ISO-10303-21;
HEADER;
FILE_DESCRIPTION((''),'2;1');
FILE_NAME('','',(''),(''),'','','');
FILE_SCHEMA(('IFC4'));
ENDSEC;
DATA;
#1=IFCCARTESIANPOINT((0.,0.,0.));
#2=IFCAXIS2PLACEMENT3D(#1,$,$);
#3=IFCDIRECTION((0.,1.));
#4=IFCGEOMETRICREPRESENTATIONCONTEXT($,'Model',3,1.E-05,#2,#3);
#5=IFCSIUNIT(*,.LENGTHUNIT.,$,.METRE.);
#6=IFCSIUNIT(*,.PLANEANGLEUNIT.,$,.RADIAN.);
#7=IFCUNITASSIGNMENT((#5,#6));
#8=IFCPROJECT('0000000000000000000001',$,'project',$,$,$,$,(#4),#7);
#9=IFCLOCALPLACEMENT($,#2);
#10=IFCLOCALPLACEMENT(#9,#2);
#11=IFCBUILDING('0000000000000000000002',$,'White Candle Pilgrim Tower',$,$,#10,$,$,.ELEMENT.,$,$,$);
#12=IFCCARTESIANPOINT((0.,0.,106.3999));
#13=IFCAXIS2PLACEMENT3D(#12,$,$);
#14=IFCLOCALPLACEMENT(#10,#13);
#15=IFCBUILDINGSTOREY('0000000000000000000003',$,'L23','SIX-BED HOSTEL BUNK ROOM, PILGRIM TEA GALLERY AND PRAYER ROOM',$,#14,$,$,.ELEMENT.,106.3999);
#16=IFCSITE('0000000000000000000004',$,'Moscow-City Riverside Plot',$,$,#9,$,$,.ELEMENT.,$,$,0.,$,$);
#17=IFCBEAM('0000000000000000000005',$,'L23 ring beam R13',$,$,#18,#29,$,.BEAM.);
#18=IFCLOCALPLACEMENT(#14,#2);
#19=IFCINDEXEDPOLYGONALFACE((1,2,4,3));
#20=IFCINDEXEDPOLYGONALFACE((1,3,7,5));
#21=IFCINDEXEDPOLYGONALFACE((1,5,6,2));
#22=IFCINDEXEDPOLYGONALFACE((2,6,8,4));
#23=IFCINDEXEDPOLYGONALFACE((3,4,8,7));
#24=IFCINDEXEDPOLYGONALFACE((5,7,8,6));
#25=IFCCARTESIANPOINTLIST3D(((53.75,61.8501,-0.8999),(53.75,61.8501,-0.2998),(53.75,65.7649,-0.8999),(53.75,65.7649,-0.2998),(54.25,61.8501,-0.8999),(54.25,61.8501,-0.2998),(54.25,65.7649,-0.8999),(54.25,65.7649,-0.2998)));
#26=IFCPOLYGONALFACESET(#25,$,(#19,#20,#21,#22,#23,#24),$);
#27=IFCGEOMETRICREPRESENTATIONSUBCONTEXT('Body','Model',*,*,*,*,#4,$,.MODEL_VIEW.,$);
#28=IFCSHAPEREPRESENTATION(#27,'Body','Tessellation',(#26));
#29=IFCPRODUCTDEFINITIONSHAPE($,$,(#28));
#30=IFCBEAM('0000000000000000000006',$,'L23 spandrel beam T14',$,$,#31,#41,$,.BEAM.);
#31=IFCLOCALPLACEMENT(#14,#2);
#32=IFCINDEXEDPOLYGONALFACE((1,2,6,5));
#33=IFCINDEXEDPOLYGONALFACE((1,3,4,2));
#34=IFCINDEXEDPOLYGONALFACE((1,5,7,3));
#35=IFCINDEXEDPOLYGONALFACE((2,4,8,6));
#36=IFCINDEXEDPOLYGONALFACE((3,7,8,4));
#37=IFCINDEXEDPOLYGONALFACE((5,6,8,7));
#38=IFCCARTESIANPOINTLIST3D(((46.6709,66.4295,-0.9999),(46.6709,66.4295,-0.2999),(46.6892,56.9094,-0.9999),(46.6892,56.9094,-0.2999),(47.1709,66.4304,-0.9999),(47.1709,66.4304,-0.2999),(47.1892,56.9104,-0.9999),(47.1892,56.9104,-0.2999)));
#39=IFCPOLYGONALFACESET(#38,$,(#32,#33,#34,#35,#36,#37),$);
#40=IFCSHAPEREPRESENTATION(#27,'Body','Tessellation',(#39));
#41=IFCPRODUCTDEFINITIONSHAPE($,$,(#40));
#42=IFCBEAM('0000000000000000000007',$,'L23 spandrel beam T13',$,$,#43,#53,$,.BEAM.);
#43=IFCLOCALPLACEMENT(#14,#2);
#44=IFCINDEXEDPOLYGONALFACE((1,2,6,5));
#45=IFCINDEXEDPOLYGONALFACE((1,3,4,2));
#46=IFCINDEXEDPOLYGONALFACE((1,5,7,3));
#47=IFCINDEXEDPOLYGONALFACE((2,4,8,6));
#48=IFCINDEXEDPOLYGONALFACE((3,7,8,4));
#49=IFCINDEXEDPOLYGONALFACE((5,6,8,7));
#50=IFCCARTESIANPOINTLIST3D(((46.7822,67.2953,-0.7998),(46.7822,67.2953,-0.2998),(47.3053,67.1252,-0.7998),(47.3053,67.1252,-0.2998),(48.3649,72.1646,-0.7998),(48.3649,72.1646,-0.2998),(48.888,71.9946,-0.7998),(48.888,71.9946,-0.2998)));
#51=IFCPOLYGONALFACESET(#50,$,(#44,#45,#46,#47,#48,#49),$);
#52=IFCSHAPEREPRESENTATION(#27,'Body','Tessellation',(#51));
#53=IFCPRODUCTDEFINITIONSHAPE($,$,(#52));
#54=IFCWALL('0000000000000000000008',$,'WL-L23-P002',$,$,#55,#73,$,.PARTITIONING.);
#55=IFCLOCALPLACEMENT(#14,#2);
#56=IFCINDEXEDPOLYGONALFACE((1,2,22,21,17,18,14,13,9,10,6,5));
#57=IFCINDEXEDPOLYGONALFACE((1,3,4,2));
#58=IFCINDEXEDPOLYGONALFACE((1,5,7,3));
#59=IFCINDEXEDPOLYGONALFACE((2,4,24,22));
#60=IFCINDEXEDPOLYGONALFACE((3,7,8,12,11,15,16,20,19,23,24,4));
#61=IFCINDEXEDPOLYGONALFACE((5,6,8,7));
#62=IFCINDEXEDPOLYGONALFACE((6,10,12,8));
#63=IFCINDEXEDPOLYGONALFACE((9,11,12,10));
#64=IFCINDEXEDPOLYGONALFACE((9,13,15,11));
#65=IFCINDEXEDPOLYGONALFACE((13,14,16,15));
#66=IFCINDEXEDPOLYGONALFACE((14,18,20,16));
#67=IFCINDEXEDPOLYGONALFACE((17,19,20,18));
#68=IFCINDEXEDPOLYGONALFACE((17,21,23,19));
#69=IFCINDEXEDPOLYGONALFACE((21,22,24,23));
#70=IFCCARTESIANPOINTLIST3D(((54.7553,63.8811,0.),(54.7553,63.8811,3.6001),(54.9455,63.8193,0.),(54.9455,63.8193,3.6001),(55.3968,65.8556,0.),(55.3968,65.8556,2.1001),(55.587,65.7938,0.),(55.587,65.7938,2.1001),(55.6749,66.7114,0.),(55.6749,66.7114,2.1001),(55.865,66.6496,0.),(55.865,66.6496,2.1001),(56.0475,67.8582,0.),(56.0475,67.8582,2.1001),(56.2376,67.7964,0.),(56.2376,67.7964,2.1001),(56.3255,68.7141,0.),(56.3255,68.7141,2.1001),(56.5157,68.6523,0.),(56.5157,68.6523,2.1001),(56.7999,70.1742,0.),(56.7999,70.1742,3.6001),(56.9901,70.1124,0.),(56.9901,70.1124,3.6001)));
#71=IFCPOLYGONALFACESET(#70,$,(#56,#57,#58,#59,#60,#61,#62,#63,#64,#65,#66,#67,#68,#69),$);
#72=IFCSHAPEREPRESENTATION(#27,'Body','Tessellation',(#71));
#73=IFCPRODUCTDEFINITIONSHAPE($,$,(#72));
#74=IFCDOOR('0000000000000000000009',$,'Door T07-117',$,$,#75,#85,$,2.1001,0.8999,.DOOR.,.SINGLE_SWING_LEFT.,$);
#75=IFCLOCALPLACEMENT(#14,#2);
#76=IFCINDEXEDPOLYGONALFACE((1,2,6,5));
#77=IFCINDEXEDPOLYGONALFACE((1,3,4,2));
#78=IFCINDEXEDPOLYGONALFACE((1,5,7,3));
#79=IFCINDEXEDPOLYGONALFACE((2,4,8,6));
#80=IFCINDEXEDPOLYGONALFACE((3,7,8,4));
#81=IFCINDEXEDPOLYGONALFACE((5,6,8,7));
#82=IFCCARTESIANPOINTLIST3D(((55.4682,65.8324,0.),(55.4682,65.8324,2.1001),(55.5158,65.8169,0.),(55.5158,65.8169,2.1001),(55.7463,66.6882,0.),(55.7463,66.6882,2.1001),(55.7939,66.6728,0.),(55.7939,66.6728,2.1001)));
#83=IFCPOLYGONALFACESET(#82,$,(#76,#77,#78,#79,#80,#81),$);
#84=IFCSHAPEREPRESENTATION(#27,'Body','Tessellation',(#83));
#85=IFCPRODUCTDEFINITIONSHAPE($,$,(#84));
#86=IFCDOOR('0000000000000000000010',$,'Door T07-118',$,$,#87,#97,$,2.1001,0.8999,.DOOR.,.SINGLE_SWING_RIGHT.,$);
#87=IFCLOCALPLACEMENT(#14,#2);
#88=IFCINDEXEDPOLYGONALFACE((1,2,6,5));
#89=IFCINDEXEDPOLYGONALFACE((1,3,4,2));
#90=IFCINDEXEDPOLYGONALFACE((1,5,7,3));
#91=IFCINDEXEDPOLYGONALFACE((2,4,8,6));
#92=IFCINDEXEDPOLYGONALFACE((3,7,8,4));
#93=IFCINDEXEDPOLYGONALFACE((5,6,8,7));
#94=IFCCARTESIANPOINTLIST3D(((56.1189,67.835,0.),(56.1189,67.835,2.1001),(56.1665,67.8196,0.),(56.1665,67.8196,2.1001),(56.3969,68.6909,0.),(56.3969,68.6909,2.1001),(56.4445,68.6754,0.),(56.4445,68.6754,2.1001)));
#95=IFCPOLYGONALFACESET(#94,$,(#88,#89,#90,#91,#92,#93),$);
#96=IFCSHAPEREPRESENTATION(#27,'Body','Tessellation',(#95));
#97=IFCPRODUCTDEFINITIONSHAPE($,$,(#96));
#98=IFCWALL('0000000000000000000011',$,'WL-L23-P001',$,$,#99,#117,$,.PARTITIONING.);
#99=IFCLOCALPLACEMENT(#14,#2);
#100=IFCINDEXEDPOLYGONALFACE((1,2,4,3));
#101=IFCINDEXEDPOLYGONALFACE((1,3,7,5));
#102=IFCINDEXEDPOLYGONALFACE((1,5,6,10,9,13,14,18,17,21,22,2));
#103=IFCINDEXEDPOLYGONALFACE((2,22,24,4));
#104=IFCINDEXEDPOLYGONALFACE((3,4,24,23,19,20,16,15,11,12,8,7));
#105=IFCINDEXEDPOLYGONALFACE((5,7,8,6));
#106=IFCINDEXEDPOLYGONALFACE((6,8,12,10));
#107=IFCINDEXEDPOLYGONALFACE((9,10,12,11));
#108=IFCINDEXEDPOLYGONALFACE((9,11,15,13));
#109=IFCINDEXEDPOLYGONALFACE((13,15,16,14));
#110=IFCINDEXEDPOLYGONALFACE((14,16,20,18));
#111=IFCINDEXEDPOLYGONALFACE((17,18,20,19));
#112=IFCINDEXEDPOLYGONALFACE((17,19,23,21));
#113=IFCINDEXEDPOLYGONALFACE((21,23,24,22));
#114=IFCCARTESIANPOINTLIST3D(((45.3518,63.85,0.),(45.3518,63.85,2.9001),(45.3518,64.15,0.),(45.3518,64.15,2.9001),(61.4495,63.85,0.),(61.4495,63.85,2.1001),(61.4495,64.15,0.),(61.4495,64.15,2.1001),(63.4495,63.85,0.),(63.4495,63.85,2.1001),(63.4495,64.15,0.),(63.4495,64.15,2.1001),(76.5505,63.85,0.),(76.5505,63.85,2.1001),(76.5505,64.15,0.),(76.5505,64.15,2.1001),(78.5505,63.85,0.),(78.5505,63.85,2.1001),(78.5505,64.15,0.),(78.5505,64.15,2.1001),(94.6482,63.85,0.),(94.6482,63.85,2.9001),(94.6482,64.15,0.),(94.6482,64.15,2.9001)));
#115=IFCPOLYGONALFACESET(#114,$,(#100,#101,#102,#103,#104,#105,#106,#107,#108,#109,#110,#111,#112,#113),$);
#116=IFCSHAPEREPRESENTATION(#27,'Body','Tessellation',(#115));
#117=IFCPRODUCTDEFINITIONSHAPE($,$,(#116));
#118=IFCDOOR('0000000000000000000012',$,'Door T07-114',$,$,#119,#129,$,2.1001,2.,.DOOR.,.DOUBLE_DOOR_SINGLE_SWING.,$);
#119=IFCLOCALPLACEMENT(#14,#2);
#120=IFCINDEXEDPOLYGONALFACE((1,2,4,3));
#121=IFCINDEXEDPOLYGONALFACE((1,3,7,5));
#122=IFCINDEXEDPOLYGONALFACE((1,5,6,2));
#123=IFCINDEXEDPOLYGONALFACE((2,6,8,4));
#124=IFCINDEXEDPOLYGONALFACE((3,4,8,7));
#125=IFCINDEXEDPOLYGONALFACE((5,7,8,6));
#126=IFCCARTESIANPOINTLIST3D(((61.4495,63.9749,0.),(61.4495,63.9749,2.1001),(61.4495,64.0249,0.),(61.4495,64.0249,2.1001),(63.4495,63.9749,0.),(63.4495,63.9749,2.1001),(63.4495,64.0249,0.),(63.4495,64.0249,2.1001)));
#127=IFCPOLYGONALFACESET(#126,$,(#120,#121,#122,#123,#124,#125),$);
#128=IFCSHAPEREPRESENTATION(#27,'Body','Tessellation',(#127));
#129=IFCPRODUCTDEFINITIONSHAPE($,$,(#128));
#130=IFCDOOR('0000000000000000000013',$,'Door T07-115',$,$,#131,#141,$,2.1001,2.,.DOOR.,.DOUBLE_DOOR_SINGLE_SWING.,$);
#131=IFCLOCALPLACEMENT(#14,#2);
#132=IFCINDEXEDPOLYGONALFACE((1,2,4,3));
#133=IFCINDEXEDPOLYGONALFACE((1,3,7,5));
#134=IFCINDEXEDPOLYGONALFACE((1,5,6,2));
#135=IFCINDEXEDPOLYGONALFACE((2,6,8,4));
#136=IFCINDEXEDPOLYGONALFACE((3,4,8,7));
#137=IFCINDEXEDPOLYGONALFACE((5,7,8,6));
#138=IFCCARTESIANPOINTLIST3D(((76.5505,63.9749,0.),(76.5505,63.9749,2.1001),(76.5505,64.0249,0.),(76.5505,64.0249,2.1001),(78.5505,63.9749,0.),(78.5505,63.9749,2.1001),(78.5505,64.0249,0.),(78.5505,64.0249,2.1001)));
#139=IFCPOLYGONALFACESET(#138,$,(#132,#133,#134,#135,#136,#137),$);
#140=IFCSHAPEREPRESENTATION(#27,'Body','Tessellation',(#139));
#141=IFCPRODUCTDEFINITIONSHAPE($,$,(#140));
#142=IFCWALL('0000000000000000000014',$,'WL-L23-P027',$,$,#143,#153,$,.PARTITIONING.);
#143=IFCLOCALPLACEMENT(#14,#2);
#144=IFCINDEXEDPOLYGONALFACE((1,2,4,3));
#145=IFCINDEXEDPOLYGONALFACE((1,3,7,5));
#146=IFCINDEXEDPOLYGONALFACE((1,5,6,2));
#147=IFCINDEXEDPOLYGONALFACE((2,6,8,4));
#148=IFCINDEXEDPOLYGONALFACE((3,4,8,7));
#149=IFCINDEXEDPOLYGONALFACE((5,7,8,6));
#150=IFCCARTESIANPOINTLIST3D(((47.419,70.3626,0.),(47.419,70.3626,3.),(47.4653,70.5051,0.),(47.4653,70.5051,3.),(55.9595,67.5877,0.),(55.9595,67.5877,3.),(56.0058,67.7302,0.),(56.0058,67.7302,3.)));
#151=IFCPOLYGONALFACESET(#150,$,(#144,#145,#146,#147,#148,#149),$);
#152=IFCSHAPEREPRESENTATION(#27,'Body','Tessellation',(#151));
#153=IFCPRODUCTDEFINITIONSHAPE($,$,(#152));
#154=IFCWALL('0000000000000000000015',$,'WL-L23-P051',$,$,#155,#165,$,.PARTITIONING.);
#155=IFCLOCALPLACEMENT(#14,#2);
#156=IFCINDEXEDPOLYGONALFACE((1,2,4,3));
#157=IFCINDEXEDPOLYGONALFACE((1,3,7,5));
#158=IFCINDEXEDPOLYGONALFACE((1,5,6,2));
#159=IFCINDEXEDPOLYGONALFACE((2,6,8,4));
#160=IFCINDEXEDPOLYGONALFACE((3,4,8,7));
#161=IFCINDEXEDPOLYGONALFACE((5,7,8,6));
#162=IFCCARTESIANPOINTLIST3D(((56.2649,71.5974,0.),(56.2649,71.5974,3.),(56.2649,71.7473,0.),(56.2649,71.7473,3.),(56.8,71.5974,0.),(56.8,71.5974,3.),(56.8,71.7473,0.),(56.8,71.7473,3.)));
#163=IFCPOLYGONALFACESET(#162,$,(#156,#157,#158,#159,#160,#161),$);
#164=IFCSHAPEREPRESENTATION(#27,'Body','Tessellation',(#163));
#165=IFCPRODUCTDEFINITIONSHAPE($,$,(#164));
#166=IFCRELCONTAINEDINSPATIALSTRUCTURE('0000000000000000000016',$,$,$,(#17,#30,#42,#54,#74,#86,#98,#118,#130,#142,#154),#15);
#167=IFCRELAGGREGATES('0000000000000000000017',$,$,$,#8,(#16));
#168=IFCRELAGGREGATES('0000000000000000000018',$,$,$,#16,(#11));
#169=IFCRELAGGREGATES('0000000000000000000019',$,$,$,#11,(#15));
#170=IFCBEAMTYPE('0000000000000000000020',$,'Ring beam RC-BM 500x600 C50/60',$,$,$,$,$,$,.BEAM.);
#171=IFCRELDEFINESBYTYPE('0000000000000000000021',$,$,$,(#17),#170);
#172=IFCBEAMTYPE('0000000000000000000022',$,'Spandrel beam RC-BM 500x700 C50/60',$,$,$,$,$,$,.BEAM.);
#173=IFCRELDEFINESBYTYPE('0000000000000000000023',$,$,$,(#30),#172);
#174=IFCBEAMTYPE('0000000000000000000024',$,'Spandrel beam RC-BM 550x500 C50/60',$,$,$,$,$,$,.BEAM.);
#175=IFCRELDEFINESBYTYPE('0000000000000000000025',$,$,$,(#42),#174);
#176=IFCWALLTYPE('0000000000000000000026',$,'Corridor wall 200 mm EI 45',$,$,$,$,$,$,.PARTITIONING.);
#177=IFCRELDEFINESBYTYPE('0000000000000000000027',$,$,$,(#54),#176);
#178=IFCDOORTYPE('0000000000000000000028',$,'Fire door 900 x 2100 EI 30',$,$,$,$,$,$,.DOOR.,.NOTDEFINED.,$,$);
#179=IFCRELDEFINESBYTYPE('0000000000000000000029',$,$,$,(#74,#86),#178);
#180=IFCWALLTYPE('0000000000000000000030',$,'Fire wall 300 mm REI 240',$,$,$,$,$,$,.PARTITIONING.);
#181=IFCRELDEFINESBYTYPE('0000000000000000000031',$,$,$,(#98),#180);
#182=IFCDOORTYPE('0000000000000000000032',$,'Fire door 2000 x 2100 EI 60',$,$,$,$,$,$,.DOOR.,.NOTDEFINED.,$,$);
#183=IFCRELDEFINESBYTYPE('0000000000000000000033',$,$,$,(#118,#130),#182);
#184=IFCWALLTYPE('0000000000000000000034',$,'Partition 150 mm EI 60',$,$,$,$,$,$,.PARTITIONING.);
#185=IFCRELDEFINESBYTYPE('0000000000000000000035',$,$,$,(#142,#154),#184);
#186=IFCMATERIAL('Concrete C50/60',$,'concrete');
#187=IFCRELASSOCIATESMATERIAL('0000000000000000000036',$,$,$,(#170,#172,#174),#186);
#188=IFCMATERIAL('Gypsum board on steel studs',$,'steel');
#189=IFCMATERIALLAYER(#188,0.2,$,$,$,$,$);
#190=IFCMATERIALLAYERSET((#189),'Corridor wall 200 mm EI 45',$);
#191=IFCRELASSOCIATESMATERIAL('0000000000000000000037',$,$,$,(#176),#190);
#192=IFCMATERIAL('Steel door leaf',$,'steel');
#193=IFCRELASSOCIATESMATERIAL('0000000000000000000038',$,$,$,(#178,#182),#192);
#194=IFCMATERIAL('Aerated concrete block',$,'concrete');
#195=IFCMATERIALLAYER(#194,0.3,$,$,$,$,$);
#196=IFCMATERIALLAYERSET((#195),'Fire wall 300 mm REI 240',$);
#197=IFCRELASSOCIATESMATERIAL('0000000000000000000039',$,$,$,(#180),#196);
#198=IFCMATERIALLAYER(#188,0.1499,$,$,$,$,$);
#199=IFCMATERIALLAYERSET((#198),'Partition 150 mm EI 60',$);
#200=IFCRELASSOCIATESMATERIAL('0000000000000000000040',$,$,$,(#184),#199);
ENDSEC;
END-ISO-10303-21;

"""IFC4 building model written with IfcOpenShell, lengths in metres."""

from ifc_helpers import new_model, si_unit, direction, frame, frame_2d, origin, origin_2d, place, context, subcontext, project, spatial, rectangle, extrude, material, layer, layer_set, material_profile, profile_set, type_object, element, fill, save


model = new_model("IFC4")

# Units and contexts
model_context = context("Model", 3, precision=1e-05, world=origin(), true_north=direction((0.0, 1.0)))
body_context = subcontext(model_context, "Body", "Model", "MODEL_VIEW")
ifc_project = project(units=[si_unit("LENGTHUNIT", "METRE"), si_unit("PLANEANGLEUNIT", "RADIAN")], contexts=[model_context])

# Site, building, storey
site_placement = place(None, origin())
site = spatial("IfcSite", under=ifc_project, at=site_placement, Name="Moscow-City Riverside Plot", CompositionType="ELEMENT", RefElevation=0.0)
building_placement = place(site_placement, origin())
building = spatial("IfcBuilding", under=site, at=building_placement, Name="White Candle Pilgrim Tower", CompositionType="ELEMENT")
storey_placement = place(building_placement, frame((0.0, 0.0, 106.3999)))
storey = spatial("IfcBuildingStorey", under=building, at=storey_placement, Name="L23", Description="SIX-BED HOSTEL BUNK ROOM, PILGRIM TEA GALLERY AND PRAYER ROOM", CompositionType="ELEMENT", Elevation=106.3999)

# Beams
ifc_material_1 = material(Name="Concrete C50/60", Category="concrete")
ifc_material_profile_1 = material_profile(ifc_material_1, rectangle(XDim=0.5, YDim=0.6001, at=origin_2d()), Name="RC-BM 500x600")
ifc_profile_set_1 = profile_set([ifc_material_profile_1], Name="Concrete C50/60")
beam_type_1 = type_object("IfcBeamType", Name="Ring beam RC-BM 500x600 C50/60", PredefinedType="BEAM", material=ifc_profile_set_1)
beam_1_placement = place(storey_placement, frame((54.0, 65.7649, -0.5999), z_axis=(0.0, -1.0, 0.0), x_axis=(1.0, 0.0, 0.0)))
element("IfcBeam", 1, at=beam_1_placement, inside=storey, type_object=beam_type_1, Name="L23 ring beam R13", PredefinedType="BEAM", context=body_context, shape_type="SweptSolid", body=[
    extrude(rectangle(XDim=0.5, YDim=0.6001, at=origin_2d()), origin(), (0.0, 0.0, 1.0), 3.9148),
])
ifc_material_profile_2 = material_profile(ifc_material_1, rectangle(XDim=0.5, YDim=0.7, at=origin_2d()), Name="RC-BM 500x700")
ifc_profile_set_2 = profile_set([ifc_material_profile_2], Name="Concrete C50/60")
beam_type_2 = type_object("IfcBeamType", Name="Spandrel beam RC-BM 500x700 C50/60", PredefinedType="BEAM", material=ifc_profile_set_2)
beam_2_placement = place(storey_placement, frame((46.9209, 66.4299, -0.6499), z_axis=(0.001923, -0.999998, 0.0), x_axis=(0.999998, 0.001923, 0.0)))
element("IfcBeam", 2, at=beam_2_placement, inside=storey, type_object=beam_type_2, Name="L23 spandrel beam T14", PredefinedType="BEAM", context=body_context, shape_type="SweptSolid", body=[
    extrude(rectangle(XDim=0.5, YDim=0.7, at=origin_2d()), origin(), (0.0, 0.0, 1.0), 9.52),
])
ifc_material_profile_3 = material_profile(ifc_material_1, rectangle(XDim=0.55, YDim=0.5, at=origin_2d()), Name="RC-BM 550x500")
ifc_profile_set_3 = profile_set([ifc_material_profile_3], Name="Concrete C50/60")
beam_type_3 = type_object("IfcBeamType", Name="Spandrel beam RC-BM 550x500 C50/60", PredefinedType="BEAM", material=ifc_profile_set_3)
beam_3_placement = place(storey_placement, frame((48.6265, 72.0796, -0.5498), z_axis=(-0.309124, -0.951022, 0.0), x_axis=(0.951022, -0.309124, 0.0)))
element("IfcBeam", 3, at=beam_3_placement, inside=storey, type_object=beam_type_3, Name="L23 spandrel beam T13", PredefinedType="BEAM", context=body_context, shape_type="SweptSolid", body=[
    extrude(rectangle(XDim=0.55, YDim=0.5, at=origin_2d()), origin(), (0.0, 0.0, 1.0), 5.1201),
])

# Walls, openings, doors
ifc_material_2 = material(Name="Gypsum board on steel studs", Category="steel")
ifc_layer_1 = layer(ifc_material_2, 0.2)
ifc_layer_set_1 = layer_set([ifc_layer_1], Name="Corridor wall 200 mm EI 45")
wall_type_1 = type_object("IfcWallType", Name="Corridor wall 200 mm EI 45", PredefinedType="PARTITIONING", material=ifc_layer_set_1)
wall_1_placement = place(storey_placement, frame((54.8503, 63.8501, 0.0), z_axis=(0.0, 0.0, 1.0), x_axis=(0.309002, 0.951061, 0.0)))
wall_1 = element("IfcWall", 4, at=wall_1_placement, inside=storey, type_object=wall_type_1, Name="WL-L23-P002", PredefinedType="PARTITIONING", context=body_context, shape_type="SweptSolid", body=[
    extrude(rectangle(XDim=6.6169, YDim=0.2, at=frame_2d((3.3086, 0.0))), origin(), (0.0, 0.0, 1.0), 3.6001),
])
opening_1_placement = place(wall_1_placement, frame((2.0762, 0.0, 0.0)))
opening_1 = element("IfcOpeningElement", 5, at=opening_1_placement, cuts=wall_1, PredefinedType="OPENING", context=body_context, shape_type="SweptSolid", body=[
    extrude(rectangle(XDim=0.8999, YDim=2.1001, at=frame_2d((0.45, 1.05))), frame((0.0, 0.1099, 0.0), z_axis=(0.0, -1.0, 0.0), x_axis=(1.0, 0.0, 0.0)), (0.0, 0.0, 1.0), 0.22),
])
opening_2_placement = place(wall_1_placement, frame((4.1819, 0.0, 0.0)))
opening_2 = element("IfcOpeningElement", 6, at=opening_2_placement, cuts=wall_1, PredefinedType="OPENING", context=body_context, shape_type="SweptSolid", body=[
    extrude(rectangle(XDim=0.8999, YDim=2.1001, at=frame_2d((0.45, 1.05))), frame((0.0, 0.1099, 0.0), z_axis=(0.0, -1.0, 0.0), x_axis=(1.0, 0.0, 0.0)), (0.0, 0.0, 1.0), 0.22),
])
ifc_material_3 = material(Name="Steel door leaf", Category="steel")
door_type_1 = type_object("IfcDoorType", Name="Fire door 900 x 2100 EI 30", OperationType="NOTDEFINED", PredefinedType="DOOR", material=ifc_material_3)
door_1_placement = place(opening_1_placement, origin())
door_1 = element("IfcDoor", 7, at=door_1_placement, inside=storey, type_object=door_type_1, Name="Door T07-117", OperationType="SINGLE_SWING_LEFT", OverallHeight=2.1001, OverallWidth=0.8999, PredefinedType="DOOR", context=body_context, shape_type="SweptSolid", body=[
    extrude(rectangle(XDim=0.8999, YDim=2.1001, at=frame_2d((0.45, 1.05))), frame((0.0, 0.0249, 0.0), z_axis=(0.0, -1.0, 0.0), x_axis=(1.0, 0.0, 0.0)), (0.0, 0.0, 1.0), 0.05),
])
fill(opening_1, door_1)
door_2_placement = place(opening_2_placement, origin())
door_2 = element("IfcDoor", 8, at=door_2_placement, inside=storey, type_object=door_type_1, Name="Door T07-118", OperationType="SINGLE_SWING_RIGHT", OverallHeight=2.1001, OverallWidth=0.8999, PredefinedType="DOOR", context=body_context, shape_type="SweptSolid", body=[
    extrude(rectangle(XDim=0.8999, YDim=2.1001, at=frame_2d((0.45, 1.05))), frame((0.0, 0.0249, 0.0), z_axis=(0.0, -1.0, 0.0), x_axis=(1.0, 0.0, 0.0)), (0.0, 0.0, 1.0), 0.05),
])
fill(opening_2, door_2)
ifc_material_4 = material(Name="Aerated concrete block", Category="concrete")
ifc_layer_2 = layer(ifc_material_4, 0.3)
ifc_layer_set_2 = layer_set([ifc_layer_2], Name="Fire wall 300 mm REI 240")
wall_type_2 = type_object("IfcWallType", Name="Fire wall 300 mm REI 240", PredefinedType="PARTITIONING", material=ifc_layer_set_2)
wall_2_placement = place(storey_placement, frame((45.3518, 64.0, 0.0), z_axis=(0.0, 0.0, 1.0), x_axis=(1.0, 0.0, 0.0)))
wall_2 = element("IfcWall", 9, at=wall_2_placement, inside=storey, type_object=wall_type_2, Name="WL-L23-P001", PredefinedType="PARTITIONING", context=body_context, shape_type="SweptSolid", body=[
    extrude(rectangle(XDim=49.2964, YDim=0.3, at=frame_2d((24.6482, 0.0))), origin(), (0.0, 0.0, 1.0), 2.9001),
])
opening_3_placement = place(wall_2_placement, frame((16.0977, 0.0, 0.0)))
opening_3 = element("IfcOpeningElement", 10, at=opening_3_placement, cuts=wall_2, PredefinedType="OPENING", context=body_context, shape_type="SweptSolid", body=[
    extrude(rectangle(XDim=2.0, YDim=2.1001, at=frame_2d((1.0, 1.05))), frame((0.0, 0.1599, 0.0), z_axis=(0.0, -1.0, 0.0), x_axis=(1.0, 0.0, 0.0)), (0.0, 0.0, 1.0), 0.3201),
])
opening_4_placement = place(wall_2_placement, frame((31.1987, 0.0, 0.0)))
opening_4 = element("IfcOpeningElement", 11, at=opening_4_placement, cuts=wall_2, PredefinedType="OPENING", context=body_context, shape_type="SweptSolid", body=[
    extrude(rectangle(XDim=2.0, YDim=2.1001, at=frame_2d((1.0, 1.05))), frame((0.0, 0.1599, 0.0), z_axis=(0.0, -1.0, 0.0), x_axis=(1.0, 0.0, 0.0)), (0.0, 0.0, 1.0), 0.3201),
])
door_type_2 = type_object("IfcDoorType", Name="Fire door 2000 x 2100 EI 60", OperationType="NOTDEFINED", PredefinedType="DOOR", material=ifc_material_3)
door_3_placement = place(opening_3_placement, origin())
door_3 = element("IfcDoor", 12, at=door_3_placement, inside=storey, type_object=door_type_2, Name="Door T07-114", OperationType="DOUBLE_DOOR_SINGLE_SWING", OverallHeight=2.1001, OverallWidth=2.0, PredefinedType="DOOR", context=body_context, shape_type="SweptSolid", body=[
    extrude(rectangle(XDim=2.0, YDim=2.1001, at=frame_2d((1.0, 1.05))), frame((0.0, 0.0249, 0.0), z_axis=(0.0, -1.0, 0.0), x_axis=(1.0, 0.0, 0.0)), (0.0, 0.0, 1.0), 0.05),
])
fill(opening_3, door_3)
door_4_placement = place(opening_4_placement, origin())
door_4 = element("IfcDoor", 13, at=door_4_placement, inside=storey, type_object=door_type_2, Name="Door T07-115", OperationType="DOUBLE_DOOR_SINGLE_SWING", OverallHeight=2.1001, OverallWidth=2.0, PredefinedType="DOOR", context=body_context, shape_type="SweptSolid", body=[
    extrude(rectangle(XDim=2.0, YDim=2.1001, at=frame_2d((1.0, 1.05))), frame((0.0, 0.0249, 0.0), z_axis=(0.0, -1.0, 0.0), x_axis=(1.0, 0.0, 0.0)), (0.0, 0.0, 1.0), 0.05),
])
fill(opening_4, door_4)

# Walls
ifc_layer_3 = layer(ifc_material_2, 0.1499)
ifc_layer_set_3 = layer_set([ifc_layer_3], Name="Partition 150 mm EI 60")
wall_type_3 = type_object("IfcWallType", Name="Partition 150 mm EI 60", PredefinedType="PARTITIONING", material=ifc_layer_set_3)
wall_3_placement = place(storey_placement, frame((47.4421, 70.4338, 0.0), z_axis=(0.0, 0.0, 1.0), x_axis=(0.951059, -0.309009, 0.0)))
element("IfcWall", 14, at=wall_3_placement, inside=storey, type_object=wall_type_3, Name="WL-L23-P027", PredefinedType="PARTITIONING", context=body_context, shape_type="SweptSolid", body=[
    extrude(rectangle(XDim=8.98, YDim=0.1499, at=frame_2d((4.49, 0.0))), origin(), (0.0, 0.0, 1.0), 3.0),
])
wall_4_placement = place(storey_placement, frame((56.2649, 71.6724, 0.0), z_axis=(0.0, 0.0, 1.0), x_axis=(1.0, 0.0, 0.0)))
element("IfcWall", 15, at=wall_4_placement, inside=storey, type_object=wall_type_3, Name="WL-L23-P051", PredefinedType="PARTITIONING", context=body_context, shape_type="SweptSolid", body=[
    extrude(rectangle(XDim=0.5352, YDim=0.1499, at=frame_2d((0.2676, 0.0))), origin(), (0.0, 0.0, 1.0), 3.0),
])

save(model, "model.ifc")
